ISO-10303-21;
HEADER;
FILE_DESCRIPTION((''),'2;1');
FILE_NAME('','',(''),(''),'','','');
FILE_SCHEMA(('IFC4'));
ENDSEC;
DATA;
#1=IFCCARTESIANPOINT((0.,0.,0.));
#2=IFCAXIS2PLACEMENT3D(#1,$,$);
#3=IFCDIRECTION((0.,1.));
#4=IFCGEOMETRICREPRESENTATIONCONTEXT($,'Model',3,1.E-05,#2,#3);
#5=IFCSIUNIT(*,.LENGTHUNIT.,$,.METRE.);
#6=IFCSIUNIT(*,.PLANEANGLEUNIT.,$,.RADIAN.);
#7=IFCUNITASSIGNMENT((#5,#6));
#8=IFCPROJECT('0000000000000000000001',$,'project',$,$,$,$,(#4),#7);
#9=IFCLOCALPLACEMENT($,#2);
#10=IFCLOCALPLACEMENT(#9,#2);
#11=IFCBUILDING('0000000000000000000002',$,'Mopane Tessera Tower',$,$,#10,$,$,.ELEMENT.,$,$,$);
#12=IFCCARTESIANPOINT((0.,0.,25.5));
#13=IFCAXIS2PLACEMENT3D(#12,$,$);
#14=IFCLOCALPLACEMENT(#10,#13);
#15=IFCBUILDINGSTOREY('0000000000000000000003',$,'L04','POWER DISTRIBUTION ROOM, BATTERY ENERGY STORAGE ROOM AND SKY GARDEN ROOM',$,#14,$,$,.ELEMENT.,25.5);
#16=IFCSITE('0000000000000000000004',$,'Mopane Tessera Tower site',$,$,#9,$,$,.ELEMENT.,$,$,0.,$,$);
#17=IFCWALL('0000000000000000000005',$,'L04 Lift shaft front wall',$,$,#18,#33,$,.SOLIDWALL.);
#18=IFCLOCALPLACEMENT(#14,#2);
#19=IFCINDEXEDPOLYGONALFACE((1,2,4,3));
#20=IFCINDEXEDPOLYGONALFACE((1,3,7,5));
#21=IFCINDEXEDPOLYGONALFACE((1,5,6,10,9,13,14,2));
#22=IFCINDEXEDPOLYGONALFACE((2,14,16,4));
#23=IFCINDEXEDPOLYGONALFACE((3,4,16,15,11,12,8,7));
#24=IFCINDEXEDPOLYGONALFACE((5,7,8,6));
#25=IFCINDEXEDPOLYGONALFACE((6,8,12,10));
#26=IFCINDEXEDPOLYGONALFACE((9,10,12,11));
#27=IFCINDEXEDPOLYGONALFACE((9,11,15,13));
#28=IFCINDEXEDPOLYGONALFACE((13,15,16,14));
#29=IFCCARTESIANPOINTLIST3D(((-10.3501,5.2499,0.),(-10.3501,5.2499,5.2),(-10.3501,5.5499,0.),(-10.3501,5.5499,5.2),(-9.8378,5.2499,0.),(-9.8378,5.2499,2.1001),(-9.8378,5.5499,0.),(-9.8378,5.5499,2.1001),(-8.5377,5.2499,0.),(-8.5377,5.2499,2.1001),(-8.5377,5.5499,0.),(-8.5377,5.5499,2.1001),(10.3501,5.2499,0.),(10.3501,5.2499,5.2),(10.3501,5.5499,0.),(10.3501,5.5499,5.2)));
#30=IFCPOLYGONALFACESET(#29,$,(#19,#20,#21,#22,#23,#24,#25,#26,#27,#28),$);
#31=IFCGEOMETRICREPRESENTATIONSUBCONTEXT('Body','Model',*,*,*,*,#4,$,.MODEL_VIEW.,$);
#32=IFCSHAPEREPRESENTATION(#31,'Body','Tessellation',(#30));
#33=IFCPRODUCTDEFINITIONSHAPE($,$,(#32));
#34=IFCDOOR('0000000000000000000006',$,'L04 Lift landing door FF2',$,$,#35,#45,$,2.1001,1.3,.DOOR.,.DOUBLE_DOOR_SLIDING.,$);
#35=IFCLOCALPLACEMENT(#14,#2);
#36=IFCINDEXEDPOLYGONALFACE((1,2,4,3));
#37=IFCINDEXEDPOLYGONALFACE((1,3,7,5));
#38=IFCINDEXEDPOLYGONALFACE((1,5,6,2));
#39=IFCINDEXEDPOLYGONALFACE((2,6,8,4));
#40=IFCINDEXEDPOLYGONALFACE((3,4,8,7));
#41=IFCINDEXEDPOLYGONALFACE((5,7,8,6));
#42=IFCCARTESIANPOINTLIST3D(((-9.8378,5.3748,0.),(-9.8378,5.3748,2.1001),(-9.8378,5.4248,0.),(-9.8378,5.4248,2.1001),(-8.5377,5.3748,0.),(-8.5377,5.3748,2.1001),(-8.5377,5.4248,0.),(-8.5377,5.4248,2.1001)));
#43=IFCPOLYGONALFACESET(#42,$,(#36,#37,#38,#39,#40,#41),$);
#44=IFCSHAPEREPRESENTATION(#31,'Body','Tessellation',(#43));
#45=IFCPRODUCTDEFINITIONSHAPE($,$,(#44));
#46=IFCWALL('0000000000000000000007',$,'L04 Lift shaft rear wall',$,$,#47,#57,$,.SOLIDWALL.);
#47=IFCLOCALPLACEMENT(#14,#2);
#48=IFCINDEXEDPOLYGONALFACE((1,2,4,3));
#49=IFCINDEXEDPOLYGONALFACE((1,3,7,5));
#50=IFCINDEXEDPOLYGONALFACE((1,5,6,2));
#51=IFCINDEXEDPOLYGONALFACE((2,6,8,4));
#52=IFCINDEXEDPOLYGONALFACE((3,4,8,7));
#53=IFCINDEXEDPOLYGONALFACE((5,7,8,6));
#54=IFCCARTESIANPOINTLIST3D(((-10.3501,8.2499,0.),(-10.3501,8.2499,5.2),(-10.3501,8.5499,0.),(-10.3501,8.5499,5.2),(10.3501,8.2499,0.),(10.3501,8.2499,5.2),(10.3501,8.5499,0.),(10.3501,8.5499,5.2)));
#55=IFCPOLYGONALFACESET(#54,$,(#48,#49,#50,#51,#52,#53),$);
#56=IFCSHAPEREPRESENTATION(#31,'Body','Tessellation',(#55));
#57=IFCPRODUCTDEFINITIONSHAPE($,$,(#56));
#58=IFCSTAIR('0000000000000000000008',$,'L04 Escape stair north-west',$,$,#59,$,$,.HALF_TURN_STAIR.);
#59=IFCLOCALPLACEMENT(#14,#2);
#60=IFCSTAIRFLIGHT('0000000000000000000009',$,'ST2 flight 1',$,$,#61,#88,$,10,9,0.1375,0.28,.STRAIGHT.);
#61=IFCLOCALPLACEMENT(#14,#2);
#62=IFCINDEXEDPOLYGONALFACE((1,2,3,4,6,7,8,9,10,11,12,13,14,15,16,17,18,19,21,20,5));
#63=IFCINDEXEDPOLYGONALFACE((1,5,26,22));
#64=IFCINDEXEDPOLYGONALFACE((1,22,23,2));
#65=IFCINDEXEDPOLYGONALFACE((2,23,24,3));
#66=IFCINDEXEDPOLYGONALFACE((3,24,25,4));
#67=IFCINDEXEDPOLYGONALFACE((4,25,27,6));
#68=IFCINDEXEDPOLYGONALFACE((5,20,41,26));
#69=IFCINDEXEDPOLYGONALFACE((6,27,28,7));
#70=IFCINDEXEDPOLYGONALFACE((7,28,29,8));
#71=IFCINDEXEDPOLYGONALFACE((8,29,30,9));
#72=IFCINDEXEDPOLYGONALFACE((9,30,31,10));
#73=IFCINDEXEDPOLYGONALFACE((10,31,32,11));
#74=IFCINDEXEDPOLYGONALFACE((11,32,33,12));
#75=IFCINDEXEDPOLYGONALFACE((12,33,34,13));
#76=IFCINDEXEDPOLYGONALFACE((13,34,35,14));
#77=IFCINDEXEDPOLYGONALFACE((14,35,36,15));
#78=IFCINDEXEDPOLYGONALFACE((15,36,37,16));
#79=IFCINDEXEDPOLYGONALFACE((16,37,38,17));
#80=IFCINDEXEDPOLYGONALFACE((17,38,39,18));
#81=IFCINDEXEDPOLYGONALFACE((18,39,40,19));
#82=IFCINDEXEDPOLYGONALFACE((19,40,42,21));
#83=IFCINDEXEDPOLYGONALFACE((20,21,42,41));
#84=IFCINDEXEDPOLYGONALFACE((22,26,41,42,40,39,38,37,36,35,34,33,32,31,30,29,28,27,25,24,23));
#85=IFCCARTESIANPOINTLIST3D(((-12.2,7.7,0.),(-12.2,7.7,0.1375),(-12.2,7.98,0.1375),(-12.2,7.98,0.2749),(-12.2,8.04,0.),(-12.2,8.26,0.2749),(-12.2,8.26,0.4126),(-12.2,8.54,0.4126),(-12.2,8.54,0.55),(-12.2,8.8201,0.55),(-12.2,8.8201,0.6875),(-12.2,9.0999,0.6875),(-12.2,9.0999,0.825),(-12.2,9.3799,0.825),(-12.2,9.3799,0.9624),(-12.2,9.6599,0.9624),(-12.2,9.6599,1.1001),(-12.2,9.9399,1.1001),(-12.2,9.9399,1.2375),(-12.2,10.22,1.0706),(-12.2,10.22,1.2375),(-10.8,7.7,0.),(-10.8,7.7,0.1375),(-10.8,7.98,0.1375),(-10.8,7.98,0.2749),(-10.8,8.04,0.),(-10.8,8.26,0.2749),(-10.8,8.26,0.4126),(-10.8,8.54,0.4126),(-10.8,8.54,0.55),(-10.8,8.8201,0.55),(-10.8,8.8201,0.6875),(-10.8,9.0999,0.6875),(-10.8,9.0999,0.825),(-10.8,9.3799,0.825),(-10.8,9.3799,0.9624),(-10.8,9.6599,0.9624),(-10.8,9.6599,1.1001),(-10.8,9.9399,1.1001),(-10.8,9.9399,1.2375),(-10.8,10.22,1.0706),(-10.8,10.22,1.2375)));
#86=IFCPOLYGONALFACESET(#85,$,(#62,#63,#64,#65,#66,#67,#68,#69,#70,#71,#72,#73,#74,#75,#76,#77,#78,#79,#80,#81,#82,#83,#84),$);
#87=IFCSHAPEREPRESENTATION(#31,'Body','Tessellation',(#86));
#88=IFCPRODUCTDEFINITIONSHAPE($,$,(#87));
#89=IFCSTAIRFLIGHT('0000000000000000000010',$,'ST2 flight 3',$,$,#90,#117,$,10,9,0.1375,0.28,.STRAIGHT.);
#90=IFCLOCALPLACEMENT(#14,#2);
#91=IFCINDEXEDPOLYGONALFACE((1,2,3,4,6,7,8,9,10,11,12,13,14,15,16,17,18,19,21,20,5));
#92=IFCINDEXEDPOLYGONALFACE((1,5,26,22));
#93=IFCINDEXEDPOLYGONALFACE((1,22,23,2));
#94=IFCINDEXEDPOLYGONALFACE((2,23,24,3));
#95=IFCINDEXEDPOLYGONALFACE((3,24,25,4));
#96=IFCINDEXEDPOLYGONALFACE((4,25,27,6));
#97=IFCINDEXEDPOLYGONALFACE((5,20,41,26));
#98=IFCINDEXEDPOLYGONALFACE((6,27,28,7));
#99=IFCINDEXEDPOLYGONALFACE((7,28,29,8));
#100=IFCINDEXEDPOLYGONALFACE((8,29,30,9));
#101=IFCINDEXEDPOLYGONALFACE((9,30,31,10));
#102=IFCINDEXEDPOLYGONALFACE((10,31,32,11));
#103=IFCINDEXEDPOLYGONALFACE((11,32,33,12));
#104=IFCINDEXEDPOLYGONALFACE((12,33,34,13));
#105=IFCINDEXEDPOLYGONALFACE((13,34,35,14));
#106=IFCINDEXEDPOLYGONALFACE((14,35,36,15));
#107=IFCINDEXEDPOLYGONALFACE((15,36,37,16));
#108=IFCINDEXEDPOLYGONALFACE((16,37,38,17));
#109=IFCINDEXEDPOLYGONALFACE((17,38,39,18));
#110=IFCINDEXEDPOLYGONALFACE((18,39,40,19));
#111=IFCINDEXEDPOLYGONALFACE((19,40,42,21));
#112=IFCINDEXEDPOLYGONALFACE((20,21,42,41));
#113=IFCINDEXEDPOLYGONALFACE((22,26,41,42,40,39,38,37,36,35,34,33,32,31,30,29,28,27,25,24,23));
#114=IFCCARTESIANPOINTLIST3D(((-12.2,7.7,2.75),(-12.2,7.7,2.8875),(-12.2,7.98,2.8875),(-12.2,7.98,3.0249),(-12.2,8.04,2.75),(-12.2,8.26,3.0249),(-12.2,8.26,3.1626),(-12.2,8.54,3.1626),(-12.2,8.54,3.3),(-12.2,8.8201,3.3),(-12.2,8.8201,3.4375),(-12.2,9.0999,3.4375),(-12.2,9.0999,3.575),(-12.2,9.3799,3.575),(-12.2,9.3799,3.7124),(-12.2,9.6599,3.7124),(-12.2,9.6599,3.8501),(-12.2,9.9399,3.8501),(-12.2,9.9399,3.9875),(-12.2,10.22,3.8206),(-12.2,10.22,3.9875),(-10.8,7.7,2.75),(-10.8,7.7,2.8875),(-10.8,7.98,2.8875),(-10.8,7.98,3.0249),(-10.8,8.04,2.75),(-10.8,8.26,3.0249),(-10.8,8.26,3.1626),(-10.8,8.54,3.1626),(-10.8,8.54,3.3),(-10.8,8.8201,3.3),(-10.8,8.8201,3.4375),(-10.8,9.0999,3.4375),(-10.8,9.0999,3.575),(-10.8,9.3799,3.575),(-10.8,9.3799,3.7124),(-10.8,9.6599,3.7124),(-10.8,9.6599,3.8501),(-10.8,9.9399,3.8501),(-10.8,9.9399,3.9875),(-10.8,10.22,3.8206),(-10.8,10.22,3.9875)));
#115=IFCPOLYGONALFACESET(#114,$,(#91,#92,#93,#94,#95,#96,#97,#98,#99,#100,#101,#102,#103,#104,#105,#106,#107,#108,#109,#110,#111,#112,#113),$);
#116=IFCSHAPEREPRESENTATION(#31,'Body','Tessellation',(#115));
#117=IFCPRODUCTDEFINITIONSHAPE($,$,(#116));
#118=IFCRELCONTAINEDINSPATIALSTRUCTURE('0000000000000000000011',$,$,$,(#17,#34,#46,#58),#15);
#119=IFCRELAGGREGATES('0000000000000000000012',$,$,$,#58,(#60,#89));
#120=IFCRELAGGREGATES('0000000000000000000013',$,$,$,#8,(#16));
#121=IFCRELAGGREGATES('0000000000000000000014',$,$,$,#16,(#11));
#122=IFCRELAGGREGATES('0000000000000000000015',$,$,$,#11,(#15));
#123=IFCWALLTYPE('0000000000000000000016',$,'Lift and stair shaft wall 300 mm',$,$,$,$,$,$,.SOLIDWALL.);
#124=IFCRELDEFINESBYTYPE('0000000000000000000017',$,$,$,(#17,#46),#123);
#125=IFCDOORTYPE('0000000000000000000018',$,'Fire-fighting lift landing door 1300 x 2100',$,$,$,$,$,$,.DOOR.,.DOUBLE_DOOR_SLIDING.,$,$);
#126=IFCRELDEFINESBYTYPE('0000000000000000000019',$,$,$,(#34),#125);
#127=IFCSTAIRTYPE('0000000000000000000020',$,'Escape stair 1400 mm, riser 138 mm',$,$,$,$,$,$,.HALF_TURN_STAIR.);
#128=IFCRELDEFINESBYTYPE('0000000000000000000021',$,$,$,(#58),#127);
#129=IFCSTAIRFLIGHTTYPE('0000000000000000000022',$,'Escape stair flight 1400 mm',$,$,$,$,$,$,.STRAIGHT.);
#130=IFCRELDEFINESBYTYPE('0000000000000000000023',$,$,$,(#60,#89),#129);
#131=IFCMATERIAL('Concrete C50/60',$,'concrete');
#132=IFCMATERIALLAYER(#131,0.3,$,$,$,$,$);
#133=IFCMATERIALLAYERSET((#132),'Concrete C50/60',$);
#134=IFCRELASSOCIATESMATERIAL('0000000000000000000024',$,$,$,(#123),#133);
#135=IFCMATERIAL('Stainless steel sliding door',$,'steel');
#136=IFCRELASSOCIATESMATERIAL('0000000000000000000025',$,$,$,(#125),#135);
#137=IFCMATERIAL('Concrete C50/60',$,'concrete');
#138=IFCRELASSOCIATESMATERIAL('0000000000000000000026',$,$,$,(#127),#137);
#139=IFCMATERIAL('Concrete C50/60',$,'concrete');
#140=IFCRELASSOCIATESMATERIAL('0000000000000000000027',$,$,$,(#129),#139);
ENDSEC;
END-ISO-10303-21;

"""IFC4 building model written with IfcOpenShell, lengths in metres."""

from ifc_helpers import new_model, si_unit, direction, frame, frame_2d, origin, place, context, subcontext, project, spatial, polyline, rectangle, outline, extrude, material, layer, layer_set, type_object, element, fill, aggregate, save


model = new_model("IFC4")

# Units and contexts
model_context = context("Model", 3, precision=1e-05, world=origin(), true_north=direction((0.0, 1.0)))
body_context = subcontext(model_context, "Body", "Model", "MODEL_VIEW")
ifc_project = project(units=[si_unit("LENGTHUNIT", "METRE"), si_unit("PLANEANGLEUNIT", "RADIAN")], contexts=[model_context])

# Site, building, storey
site_placement = place(None, origin())
site = spatial("IfcSite", under=ifc_project, at=site_placement, Name="Mopane Tessera Tower site", CompositionType="ELEMENT", RefElevation=0.0)
building_placement = place(site_placement, origin())
building = spatial("IfcBuilding", under=site, at=building_placement, Name="Mopane Tessera Tower", CompositionType="ELEMENT")
storey_placement = place(building_placement, frame((0.0, 0.0, 25.5)))
storey = spatial("IfcBuildingStorey", under=building, at=storey_placement, Name="L04", Description="POWER DISTRIBUTION ROOM, BATTERY ENERGY STORAGE ROOM AND SKY GARDEN ROOM", CompositionType="ELEMENT", Elevation=25.5)

# Shared definitions
ifc_material_1 = material(Name="Concrete C50/60", Category="concrete")
ifc_layer_1 = layer(ifc_material_1, 0.3)
ifc_layer_set_1 = layer_set([ifc_layer_1], Name="Concrete C50/60")
wall_type_1 = type_object("IfcWallType", Name="Lift and stair shaft wall 300 mm", PredefinedType="SOLIDWALL", material=ifc_layer_set_1)
ifc_material_2 = material(Name="Stainless steel sliding door", Category="steel")
door_type_1 = type_object("IfcDoorType", Name="Fire-fighting lift landing door 1300 x 2100", OperationType="DOUBLE_DOOR_SLIDING", PredefinedType="DOOR", material=ifc_material_2)

# Wall, opening, door
wall_1_placement = place(storey_placement, frame((-10.3501, 5.3999, 0.0), z_axis=(0.0, 0.0, 1.0), x_axis=(1.0, 0.0, 0.0)))
wall_1 = element("IfcWall", 1, at=wall_1_placement, inside=storey, type_object=wall_type_1, Name="L04 Lift shaft front wall", PredefinedType="SOLIDWALL", context=body_context, shape_type="SweptSolid", body=[
    extrude(rectangle(XDim=20.7002, YDim=0.3, at=frame_2d((10.3501, 0.0))), origin(), (0.0, 0.0, 1.0), 5.2),
])
opening_1_placement = place(wall_1_placement, frame((0.5125, 0.0, 0.0)))
opening_1 = element("IfcOpeningElement", 2, at=opening_1_placement, cuts=wall_1, PredefinedType="OPENING", context=body_context, shape_type="SweptSolid", body=[
    extrude(rectangle(XDim=1.3, YDim=2.1001, at=frame_2d((0.6499, 1.05))), frame((0.0, 0.1621, 0.0), z_axis=(0.0, -1.0, 0.0), x_axis=(1.0, 0.0, 0.0)), (0.0, 0.0, 1.0), 0.324),
])
door_1_placement = place(opening_1_placement, origin())
door_1 = element("IfcDoor", 3, at=door_1_placement, inside=storey, type_object=door_type_1, Name="L04 Lift landing door FF2", OperationType="DOUBLE_DOOR_SLIDING", OverallHeight=2.1001, OverallWidth=1.3, PredefinedType="DOOR", context=body_context, shape_type="SweptSolid", body=[
    extrude(rectangle(XDim=1.3, YDim=2.1001, at=frame_2d((0.6499, 1.05))), frame((0.0, 0.0249, 0.0), z_axis=(0.0, -1.0, 0.0), x_axis=(1.0, 0.0, 0.0)), (0.0, 0.0, 1.0), 0.05),
])
fill(opening_1, door_1)

# Wall
wall_2_placement = place(storey_placement, frame((-10.3501, 8.3999, 0.0), z_axis=(0.0, 0.0, 1.0), x_axis=(1.0, 0.0, 0.0)))
element("IfcWall", 4, at=wall_2_placement, inside=storey, type_object=wall_type_1, Name="L04 Lift shaft rear wall", PredefinedType="SOLIDWALL", context=body_context, shape_type="SweptSolid", body=[
    extrude(rectangle(XDim=20.7002, YDim=0.3, at=frame_2d((10.3501, 0.0))), origin(), (0.0, 0.0, 1.0), 5.2),
])

# Stair, stair flights
ifc_material_3 = material(Name="Concrete C50/60", Category="concrete")
stair_type = type_object("IfcStairType", Name="Escape stair 1400 mm, riser 138 mm", PredefinedType="HALF_TURN_STAIR", material=ifc_material_3)
stair_placement = place(storey_placement, origin())
stair = element("IfcStair", 5, at=stair_placement, inside=storey, type_object=stair_type, Name="L04 Escape stair north-west", PredefinedType="HALF_TURN_STAIR")
ifc_material_4 = material(Name="Concrete C50/60", Category="concrete")
stair_flight_type = type_object("IfcStairFlightType", Name="Escape stair flight 1400 mm", PredefinedType="STRAIGHT", material=ifc_material_4)
stair_flight_1_placement = place(storey_placement, frame((-11.5, 7.7, 0.0), z_axis=(0.0, 0.0, 1.0), x_axis=(0.0, 1.0, 0.0)))
stair_flight_1 = element("IfcStairFlight", 6, at=stair_flight_1_placement, type_object=stair_flight_type, Name="ST2 flight 1", NumberOfRisers=10, NumberOfTreads=9, PredefinedType="STRAIGHT", RiserHeight=0.1375, TreadLength=0.28, context=body_context, shape_type="SweptSolid", body=[
    extrude(outline(polyline([(0.0, 0.0), (0.0, 0.1375), (0.28, 0.1375), (0.28, 0.2749), (0.5601, 0.2749), (0.5601, 0.4126), (0.8401, 0.4126), (0.8401, 0.55), (1.1201, 0.55), (1.1201, 0.6875), (1.3999, 0.6875), (1.3999, 0.825), (1.6799, 0.825), (1.6799, 0.9624), (1.96, 0.9624), (1.96, 1.1001), (2.24, 1.1001), (2.24, 1.2375), (2.52, 1.2375), (2.52, 1.375), (2.52, 1.0706), (0.3401, 0.0), (0.0, 0.0)])), frame((0.0, 0.7, 0.0), z_axis=(0.0, -1.0, 0.0), x_axis=(1.0, 0.0, 0.0)), (0.0, 0.0, 1.0), 1.3999),
])
stair_flight_2_placement = place(storey_placement, frame((-11.5, 7.7, 2.75), z_axis=(0.0, 0.0, 1.0), x_axis=(0.0, 1.0, 0.0)))
stair_flight_2 = element("IfcStairFlight", 7, at=stair_flight_2_placement, type_object=stair_flight_type, Name="ST2 flight 3", NumberOfRisers=10, NumberOfTreads=9, PredefinedType="STRAIGHT", RiserHeight=0.1375, TreadLength=0.28, context=body_context, shape_type="SweptSolid", body=[
    extrude(outline(polyline([(0.0, 0.0), (0.0, 0.1375), (0.28, 0.1375), (0.28, 0.2749), (0.5601, 0.2749), (0.5601, 0.4126), (0.8401, 0.4126), (0.8401, 0.55), (1.1201, 0.55), (1.1201, 0.6875), (1.3999, 0.6875), (1.3999, 0.825), (1.6799, 0.825), (1.6799, 0.9624), (1.96, 0.9624), (1.96, 1.1001), (2.24, 1.1001), (2.24, 1.2375), (2.52, 1.2375), (2.52, 1.375), (2.52, 1.0706), (0.3401, 0.0), (0.0, 0.0)])), frame((0.0, 0.7, 0.0), z_axis=(0.0, -1.0, 0.0), x_axis=(1.0, 0.0, 0.0)), (0.0, 0.0, 1.0), 1.3999),
])
aggregate(stair, [stair_flight_1, stair_flight_2])

save(model, "model.ifc")
